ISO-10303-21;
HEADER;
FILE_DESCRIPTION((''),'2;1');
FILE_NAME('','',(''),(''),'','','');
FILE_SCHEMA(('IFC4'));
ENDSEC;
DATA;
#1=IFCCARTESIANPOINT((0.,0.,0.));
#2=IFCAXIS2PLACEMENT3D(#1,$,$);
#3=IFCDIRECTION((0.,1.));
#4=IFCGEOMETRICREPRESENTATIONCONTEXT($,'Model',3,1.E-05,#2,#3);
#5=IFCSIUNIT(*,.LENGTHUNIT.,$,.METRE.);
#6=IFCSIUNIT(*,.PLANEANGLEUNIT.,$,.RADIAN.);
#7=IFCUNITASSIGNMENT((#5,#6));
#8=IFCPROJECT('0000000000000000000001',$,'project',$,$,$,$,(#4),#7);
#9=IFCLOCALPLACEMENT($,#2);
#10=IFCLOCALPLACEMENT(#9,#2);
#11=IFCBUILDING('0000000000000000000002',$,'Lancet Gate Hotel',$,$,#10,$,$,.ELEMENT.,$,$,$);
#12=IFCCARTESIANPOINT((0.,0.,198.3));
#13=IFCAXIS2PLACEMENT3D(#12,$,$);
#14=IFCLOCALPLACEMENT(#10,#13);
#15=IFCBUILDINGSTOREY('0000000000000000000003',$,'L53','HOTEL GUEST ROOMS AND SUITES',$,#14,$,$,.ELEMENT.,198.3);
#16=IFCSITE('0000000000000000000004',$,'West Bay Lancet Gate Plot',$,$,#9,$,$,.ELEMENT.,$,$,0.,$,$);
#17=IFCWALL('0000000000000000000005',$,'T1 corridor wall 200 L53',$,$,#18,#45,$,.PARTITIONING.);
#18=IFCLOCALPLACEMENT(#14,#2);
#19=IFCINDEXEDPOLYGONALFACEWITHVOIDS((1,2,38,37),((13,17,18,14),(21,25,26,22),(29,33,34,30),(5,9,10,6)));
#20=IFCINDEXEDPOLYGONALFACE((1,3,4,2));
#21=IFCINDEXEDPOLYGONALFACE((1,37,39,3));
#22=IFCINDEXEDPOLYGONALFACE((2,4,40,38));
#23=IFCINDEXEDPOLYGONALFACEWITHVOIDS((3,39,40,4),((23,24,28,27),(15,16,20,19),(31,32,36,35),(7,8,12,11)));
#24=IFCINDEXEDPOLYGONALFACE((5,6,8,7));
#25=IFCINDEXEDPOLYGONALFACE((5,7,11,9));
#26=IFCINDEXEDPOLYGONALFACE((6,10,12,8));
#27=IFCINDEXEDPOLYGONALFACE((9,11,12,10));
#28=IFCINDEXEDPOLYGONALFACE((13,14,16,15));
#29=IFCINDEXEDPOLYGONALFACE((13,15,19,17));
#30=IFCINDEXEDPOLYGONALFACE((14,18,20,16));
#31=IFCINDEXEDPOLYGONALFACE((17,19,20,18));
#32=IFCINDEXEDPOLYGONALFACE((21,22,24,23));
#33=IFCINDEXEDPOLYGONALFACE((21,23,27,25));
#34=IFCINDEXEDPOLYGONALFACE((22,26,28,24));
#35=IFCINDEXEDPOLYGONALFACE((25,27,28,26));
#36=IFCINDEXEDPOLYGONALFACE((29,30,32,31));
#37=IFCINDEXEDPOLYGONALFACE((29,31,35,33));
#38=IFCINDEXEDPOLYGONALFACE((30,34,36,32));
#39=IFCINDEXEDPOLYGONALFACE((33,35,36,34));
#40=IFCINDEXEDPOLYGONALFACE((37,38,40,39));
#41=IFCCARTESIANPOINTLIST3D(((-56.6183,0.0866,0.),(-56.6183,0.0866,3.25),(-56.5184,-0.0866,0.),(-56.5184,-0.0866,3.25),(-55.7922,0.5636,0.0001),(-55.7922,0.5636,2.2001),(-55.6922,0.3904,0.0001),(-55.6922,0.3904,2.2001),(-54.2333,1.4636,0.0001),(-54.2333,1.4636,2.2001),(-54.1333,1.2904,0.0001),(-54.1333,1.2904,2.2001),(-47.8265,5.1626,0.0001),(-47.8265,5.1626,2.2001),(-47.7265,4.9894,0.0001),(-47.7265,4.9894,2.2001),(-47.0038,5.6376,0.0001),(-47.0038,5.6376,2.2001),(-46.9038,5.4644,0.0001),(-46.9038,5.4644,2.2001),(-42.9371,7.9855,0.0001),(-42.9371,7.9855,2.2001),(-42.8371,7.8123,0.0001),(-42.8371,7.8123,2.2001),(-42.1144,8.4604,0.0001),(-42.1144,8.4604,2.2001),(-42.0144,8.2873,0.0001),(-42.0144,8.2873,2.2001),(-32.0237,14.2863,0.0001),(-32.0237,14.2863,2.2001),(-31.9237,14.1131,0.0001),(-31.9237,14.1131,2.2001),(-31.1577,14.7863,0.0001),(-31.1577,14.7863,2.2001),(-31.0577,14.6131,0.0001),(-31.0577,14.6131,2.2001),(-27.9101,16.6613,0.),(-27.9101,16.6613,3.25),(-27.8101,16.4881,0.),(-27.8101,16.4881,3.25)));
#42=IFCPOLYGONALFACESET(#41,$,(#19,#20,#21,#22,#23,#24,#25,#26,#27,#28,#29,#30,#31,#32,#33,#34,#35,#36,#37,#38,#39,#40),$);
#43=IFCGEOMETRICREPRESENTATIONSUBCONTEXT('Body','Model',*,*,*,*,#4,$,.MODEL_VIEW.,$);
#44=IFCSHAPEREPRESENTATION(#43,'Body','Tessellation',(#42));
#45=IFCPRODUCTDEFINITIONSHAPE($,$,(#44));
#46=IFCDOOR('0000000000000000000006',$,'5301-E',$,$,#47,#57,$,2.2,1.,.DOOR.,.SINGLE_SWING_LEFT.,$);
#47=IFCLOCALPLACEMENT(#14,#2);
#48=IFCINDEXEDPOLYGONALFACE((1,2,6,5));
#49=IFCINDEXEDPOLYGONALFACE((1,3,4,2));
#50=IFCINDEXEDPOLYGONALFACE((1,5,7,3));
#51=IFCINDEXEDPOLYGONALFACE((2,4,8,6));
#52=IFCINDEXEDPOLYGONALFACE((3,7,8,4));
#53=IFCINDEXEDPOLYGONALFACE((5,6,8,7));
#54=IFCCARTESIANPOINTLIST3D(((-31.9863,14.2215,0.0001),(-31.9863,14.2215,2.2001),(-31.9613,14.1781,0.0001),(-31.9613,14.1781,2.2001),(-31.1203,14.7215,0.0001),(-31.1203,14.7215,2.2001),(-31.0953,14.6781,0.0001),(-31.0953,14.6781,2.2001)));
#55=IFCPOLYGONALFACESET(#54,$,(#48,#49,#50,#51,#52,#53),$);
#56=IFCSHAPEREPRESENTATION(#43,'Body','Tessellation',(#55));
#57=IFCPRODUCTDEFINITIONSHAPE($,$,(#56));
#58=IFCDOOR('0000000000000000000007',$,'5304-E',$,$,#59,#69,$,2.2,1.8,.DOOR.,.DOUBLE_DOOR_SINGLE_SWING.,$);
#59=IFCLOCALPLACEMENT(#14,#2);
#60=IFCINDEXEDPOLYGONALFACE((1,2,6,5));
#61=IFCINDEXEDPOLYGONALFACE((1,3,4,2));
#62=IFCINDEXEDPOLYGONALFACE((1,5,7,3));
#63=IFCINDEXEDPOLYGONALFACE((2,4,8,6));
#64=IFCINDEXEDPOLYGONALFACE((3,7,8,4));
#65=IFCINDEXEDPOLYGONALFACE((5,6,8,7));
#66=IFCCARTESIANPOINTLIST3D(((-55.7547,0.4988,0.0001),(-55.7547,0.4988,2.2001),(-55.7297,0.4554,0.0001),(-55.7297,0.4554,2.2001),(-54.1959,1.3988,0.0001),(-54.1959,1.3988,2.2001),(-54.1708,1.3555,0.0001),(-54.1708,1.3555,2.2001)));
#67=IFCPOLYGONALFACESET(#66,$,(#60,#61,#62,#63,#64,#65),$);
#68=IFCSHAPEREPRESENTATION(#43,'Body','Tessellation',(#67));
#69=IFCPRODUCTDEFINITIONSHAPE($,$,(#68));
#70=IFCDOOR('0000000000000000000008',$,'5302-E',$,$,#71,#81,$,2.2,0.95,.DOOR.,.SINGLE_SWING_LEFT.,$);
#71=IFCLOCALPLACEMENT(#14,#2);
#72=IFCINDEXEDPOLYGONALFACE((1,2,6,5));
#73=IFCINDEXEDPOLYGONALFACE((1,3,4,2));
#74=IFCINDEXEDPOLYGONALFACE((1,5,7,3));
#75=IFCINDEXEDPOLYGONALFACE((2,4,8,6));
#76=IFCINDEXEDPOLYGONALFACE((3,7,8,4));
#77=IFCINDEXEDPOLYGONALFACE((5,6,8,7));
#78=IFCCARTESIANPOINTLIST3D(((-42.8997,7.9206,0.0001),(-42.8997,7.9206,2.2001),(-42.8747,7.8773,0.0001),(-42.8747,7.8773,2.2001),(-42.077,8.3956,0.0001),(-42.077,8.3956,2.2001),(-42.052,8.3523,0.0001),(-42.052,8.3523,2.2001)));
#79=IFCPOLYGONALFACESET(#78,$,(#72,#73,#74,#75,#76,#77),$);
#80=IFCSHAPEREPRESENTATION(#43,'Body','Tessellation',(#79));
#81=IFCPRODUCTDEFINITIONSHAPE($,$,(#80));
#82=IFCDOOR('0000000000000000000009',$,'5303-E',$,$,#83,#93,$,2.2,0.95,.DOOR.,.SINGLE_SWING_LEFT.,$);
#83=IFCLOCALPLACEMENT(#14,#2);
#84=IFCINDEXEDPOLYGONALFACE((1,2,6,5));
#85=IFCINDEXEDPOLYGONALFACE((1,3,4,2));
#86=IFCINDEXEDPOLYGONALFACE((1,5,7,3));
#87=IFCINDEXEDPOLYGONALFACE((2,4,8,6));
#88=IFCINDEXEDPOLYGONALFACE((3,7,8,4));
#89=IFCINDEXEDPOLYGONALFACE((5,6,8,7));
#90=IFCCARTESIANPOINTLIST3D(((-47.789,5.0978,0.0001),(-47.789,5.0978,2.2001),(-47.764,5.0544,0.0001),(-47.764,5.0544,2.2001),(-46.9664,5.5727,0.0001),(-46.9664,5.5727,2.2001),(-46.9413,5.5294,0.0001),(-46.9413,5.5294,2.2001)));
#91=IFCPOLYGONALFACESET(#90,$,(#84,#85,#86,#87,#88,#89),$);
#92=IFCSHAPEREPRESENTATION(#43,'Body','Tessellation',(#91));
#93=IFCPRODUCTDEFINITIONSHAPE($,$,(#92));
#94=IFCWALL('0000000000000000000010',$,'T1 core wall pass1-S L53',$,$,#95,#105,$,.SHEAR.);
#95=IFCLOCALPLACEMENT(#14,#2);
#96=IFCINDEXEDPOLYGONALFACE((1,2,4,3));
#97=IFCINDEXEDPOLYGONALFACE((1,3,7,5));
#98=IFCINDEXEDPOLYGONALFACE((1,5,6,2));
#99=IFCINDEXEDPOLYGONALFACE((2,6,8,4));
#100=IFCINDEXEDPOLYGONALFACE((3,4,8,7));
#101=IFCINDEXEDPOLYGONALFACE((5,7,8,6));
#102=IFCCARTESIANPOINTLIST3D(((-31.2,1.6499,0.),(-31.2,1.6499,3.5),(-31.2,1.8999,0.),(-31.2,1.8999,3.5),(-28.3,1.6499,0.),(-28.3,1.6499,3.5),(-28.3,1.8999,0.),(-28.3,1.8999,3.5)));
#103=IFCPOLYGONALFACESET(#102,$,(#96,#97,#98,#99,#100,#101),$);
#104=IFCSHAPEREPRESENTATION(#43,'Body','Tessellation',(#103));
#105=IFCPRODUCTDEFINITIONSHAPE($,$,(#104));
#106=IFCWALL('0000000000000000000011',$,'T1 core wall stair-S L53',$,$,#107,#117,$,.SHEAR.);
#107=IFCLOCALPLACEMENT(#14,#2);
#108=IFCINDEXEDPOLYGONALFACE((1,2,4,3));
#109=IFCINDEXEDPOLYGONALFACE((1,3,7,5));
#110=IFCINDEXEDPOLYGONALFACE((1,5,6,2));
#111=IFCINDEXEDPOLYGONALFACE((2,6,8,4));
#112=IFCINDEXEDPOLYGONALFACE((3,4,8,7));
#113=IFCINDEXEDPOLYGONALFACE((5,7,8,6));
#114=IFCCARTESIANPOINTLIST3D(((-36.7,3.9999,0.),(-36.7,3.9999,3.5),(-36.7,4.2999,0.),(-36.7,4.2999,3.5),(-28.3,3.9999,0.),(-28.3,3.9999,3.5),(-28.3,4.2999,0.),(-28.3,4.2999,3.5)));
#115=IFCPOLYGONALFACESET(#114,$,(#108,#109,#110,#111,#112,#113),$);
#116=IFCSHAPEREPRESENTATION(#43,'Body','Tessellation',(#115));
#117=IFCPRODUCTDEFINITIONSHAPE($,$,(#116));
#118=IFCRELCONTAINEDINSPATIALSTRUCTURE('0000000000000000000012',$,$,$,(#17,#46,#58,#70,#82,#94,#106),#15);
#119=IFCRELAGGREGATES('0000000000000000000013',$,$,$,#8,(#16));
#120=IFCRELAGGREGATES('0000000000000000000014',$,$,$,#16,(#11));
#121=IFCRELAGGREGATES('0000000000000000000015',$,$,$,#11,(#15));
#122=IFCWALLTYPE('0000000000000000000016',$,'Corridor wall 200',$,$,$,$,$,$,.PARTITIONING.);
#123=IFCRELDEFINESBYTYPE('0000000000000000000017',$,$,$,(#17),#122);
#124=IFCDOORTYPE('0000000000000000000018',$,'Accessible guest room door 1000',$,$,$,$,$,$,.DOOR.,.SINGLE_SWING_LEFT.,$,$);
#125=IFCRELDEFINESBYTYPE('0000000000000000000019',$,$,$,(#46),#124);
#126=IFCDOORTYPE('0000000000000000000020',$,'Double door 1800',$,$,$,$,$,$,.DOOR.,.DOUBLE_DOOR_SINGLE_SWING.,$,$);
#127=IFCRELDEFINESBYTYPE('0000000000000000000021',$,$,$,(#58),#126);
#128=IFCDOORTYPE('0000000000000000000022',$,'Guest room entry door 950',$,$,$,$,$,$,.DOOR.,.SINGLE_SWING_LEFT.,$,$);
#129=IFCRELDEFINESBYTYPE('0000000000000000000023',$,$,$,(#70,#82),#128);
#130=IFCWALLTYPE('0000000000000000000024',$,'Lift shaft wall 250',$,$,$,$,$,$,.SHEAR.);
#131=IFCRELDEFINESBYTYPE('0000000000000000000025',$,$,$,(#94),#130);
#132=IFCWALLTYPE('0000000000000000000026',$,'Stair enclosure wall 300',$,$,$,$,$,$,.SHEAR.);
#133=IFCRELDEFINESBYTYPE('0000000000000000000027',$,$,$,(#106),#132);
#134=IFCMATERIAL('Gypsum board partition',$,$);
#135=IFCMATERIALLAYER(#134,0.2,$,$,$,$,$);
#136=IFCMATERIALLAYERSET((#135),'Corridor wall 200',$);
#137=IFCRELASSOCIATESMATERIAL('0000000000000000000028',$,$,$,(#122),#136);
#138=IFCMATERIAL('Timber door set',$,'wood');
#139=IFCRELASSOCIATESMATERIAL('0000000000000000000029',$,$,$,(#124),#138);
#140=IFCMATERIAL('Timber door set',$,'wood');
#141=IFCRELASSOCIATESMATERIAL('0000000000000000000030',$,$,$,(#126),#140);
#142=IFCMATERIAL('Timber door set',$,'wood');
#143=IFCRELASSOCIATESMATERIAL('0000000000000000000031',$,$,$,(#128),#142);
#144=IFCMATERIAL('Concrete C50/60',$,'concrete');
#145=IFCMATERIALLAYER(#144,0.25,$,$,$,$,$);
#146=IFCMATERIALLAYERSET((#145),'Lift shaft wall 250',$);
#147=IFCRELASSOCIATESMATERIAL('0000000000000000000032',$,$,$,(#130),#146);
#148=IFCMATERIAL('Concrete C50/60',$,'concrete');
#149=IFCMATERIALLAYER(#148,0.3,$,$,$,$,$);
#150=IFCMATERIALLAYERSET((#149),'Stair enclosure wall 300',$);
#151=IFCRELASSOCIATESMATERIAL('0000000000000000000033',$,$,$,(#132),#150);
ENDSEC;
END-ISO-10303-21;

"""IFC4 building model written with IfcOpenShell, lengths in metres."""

from ifc_helpers import new_model, si_unit, direction, frame, frame_2d, origin, place, context, subcontext, project, spatial, rectangle, extrude, material, layer, layer_set, type_object, element, fill, save


model = new_model("IFC4")

# Units and contexts
model_context = context("Model", 3, precision=1e-05, world=origin(), true_north=direction((0.0, 1.0)))
body_context = subcontext(model_context, "Body", "Model", "MODEL_VIEW")
ifc_project = project(units=[si_unit("LENGTHUNIT", "METRE"), si_unit("PLANEANGLEUNIT", "RADIAN")], contexts=[model_context])

# Site, building, storey
site_placement = place(None, origin())
site = spatial("IfcSite", under=ifc_project, at=site_placement, Name="West Bay Lancet Gate Plot", CompositionType="ELEMENT", RefElevation=0.0)
building_placement = place(site_placement, origin())
building = spatial("IfcBuilding", under=site, at=building_placement, Name="Lancet Gate Hotel", CompositionType="ELEMENT")
storey_placement = place(building_placement, frame((0.0, 0.0, 198.3)))
storey = spatial("IfcBuildingStorey", under=building, at=storey_placement, Name="L53", Description="HOTEL GUEST ROOMS AND SUITES", CompositionType="ELEMENT", Elevation=198.3)

# Wall, openings, doors
ifc_material_1 = material(Name="Gypsum board partition")
ifc_layer_1 = layer(ifc_material_1, 0.2)
ifc_layer_set_1 = layer_set([ifc_layer_1], Name="Corridor wall 200")
wall_type_1 = type_object("IfcWallType", Name="Corridor wall 200", PredefinedType="PARTITIONING", material=ifc_layer_set_1)
wall_1_placement = place(storey_placement, frame((-27.8601, 16.5747, 0.0), z_axis=(0.0, 0.0, 1.0), x_axis=(-0.866026, -0.5, 0.0)))
wall_1 = element("IfcWall", 1, at=wall_1_placement, inside=storey, type_object=wall_type_1, Name="T1 corridor wall 200 L53", PredefinedType="PARTITIONING", context=body_context, shape_type="SweptSolid", body=[
    extrude(rectangle(XDim=33.1494, YDim=0.2, at=frame_2d((16.5747, 0.0))), origin(), (0.0, 0.0, 1.0), 3.25),
])
opening_1_placement = place(wall_1_placement, frame((3.75, 0.0, 0.0)))
opening_1 = element("IfcOpeningElement", 2, at=opening_1_placement, cuts=wall_1, PredefinedType="OPENING", context=body_context, shape_type="SweptSolid", body=[
    extrude(rectangle(XDim=1.0, YDim=2.2, at=frame_2d((0.5, 1.1001))), frame((0.0, 0.1099, 0.0), z_axis=(0.0, -1.0, 0.0), x_axis=(1.0, 0.0, 0.0)), (0.0, 0.0, 1.0), 0.22),
])
opening_2_placement = place(wall_1_placement, frame((16.4016, 0.0, 0.0)))
opening_2 = element("IfcOpeningElement", 3, at=opening_2_placement, cuts=wall_1, PredefinedType="OPENING", context=body_context, shape_type="SweptSolid", body=[
    extrude(rectangle(XDim=0.95, YDim=2.2, at=frame_2d((0.4751, 1.1001))), frame((0.0, 0.1099, 0.0), z_axis=(0.0, -1.0, 0.0), x_axis=(1.0, 0.0, 0.0)), (0.0, 0.0, 1.0), 0.22),
])
opening_3_placement = place(wall_1_placement, frame((22.0474, 0.0, 0.0)))
opening_3 = element("IfcOpeningElement", 4, at=opening_3_placement, cuts=wall_1, PredefinedType="OPENING", context=body_context, shape_type="SweptSolid", body=[
    extrude(rectangle(XDim=0.95, YDim=2.2, at=frame_2d((0.4751, 1.1001))), frame((0.0, 0.1099, 0.0), z_axis=(0.0, -1.0, 0.0), x_axis=(1.0, 0.0, 0.0)), (0.0, 0.0, 1.0), 0.22),
])
opening_4_placement = place(wall_1_placement, frame((30.3955, 0.0, 0.0)))
opening_4 = element("IfcOpeningElement", 5, at=opening_4_placement, cuts=wall_1, PredefinedType="OPENING", context=body_context, shape_type="SweptSolid", body=[
    extrude(rectangle(XDim=1.8, YDim=2.2, at=frame_2d((0.8999, 1.1001))), frame((0.0, 0.1099, 0.0), z_axis=(0.0, -1.0, 0.0), x_axis=(1.0, 0.0, 0.0)), (0.0, 0.0, 1.0), 0.22),
])
ifc_material_2 = material(Name="Timber door set", Category="wood")
door_type_1 = type_object("IfcDoorType", Name="Accessible guest room door 1000", OperationType="SINGLE_SWING_LEFT", PredefinedType="DOOR", material=ifc_material_2)
door_1_placement = place(opening_1_placement, origin())
door_1 = element("IfcDoor", 6, at=door_1_placement, inside=storey, type_object=door_type_1, Name="5301-E", OperationType="SINGLE_SWING_LEFT", OverallHeight=2.2, OverallWidth=1.0, PredefinedType="DOOR", context=body_context, shape_type="SweptSolid", body=[
    extrude(rectangle(XDim=1.0, YDim=2.2, at=frame_2d((0.5, 1.1001))), frame((0.0, 0.0249, 0.0), z_axis=(0.0, -1.0, 0.0), x_axis=(1.0, 0.0, 0.0)), (0.0, 0.0, 1.0), 0.05),
])
fill(opening_1, door_1)
ifc_material_3 = material(Name="Timber door set", Category="wood")
door_type_2 = type_object("IfcDoorType", Name="Double door 1800", OperationType="DOUBLE_DOOR_SINGLE_SWING", PredefinedType="DOOR", material=ifc_material_3)
door_2_placement = place(opening_4_placement, origin())
door_2 = element("IfcDoor", 7, at=door_2_placement, inside=storey, type_object=door_type_2, Name="5304-E", OperationType="DOUBLE_DOOR_SINGLE_SWING", OverallHeight=2.2, OverallWidth=1.8, PredefinedType="DOOR", context=body_context, shape_type="SweptSolid", body=[
    extrude(rectangle(XDim=1.8, YDim=2.2, at=frame_2d((0.8999, 1.1001))), frame((0.0, 0.0249, 0.0), z_axis=(0.0, -1.0, 0.0), x_axis=(1.0, 0.0, 0.0)), (0.0, 0.0, 1.0), 0.05),
])
fill(opening_4, door_2)
ifc_material_4 = material(Name="Timber door set", Category="wood")
door_type_3 = type_object("IfcDoorType", Name="Guest room entry door 950", OperationType="SINGLE_SWING_LEFT", PredefinedType="DOOR", material=ifc_material_4)
door_3_placement = place(opening_2_placement, origin())
door_3 = element("IfcDoor", 8, at=door_3_placement, inside=storey, type_object=door_type_3, Name="5302-E", OperationType="SINGLE_SWING_LEFT", OverallHeight=2.2, OverallWidth=0.95, PredefinedType="DOOR", context=body_context, shape_type="SweptSolid", body=[
    extrude(rectangle(XDim=0.95, YDim=2.2, at=frame_2d((0.4751, 1.1001))), frame((0.0, 0.0249, 0.0), z_axis=(0.0, -1.0, 0.0), x_axis=(1.0, 0.0, 0.0)), (0.0, 0.0, 1.0), 0.05),
])
fill(opening_2, door_3)
door_4_placement = place(opening_3_placement, origin())
door_4 = element("IfcDoor", 9, at=door_4_placement, inside=storey, type_object=door_type_3, Name="5303-E", OperationType="SINGLE_SWING_LEFT", OverallHeight=2.2, OverallWidth=0.95, PredefinedType="DOOR", context=body_context, shape_type="SweptSolid", body=[
    extrude(rectangle(XDim=0.95, YDim=2.2, at=frame_2d((0.4751, 1.1001))), frame((0.0, 0.0249, 0.0), z_axis=(0.0, -1.0, 0.0), x_axis=(1.0, 0.0, 0.0)), (0.0, 0.0, 1.0), 0.05),
])
fill(opening_3, door_4)

# Walls
ifc_material_5 = material(Name="Concrete C50/60", Category="concrete")
ifc_layer_2 = layer(ifc_material_5, 0.25)
ifc_layer_set_2 = layer_set([ifc_layer_2], Name="Lift shaft wall 250")
wall_type_2 = type_object("IfcWallType", Name="Lift shaft wall 250", PredefinedType="SHEAR", material=ifc_layer_set_2)
wall_2_placement = place(storey_placement, frame((-28.3, 1.7749, 0.0), z_axis=(0.0, 0.0, 1.0), x_axis=(-1.0, 0.0, 0.0)))
element("IfcWall", 10, at=wall_2_placement, inside=storey, type_object=wall_type_2, Name="T1 core wall pass1-S L53", PredefinedType="SHEAR", context=body_context, shape_type="SweptSolid", body=[
    extrude(rectangle(XDim=2.8999, YDim=0.25, at=frame_2d((1.45, 0.0))), origin(), (0.0, 0.0, 1.0), 3.5),
])
ifc_material_6 = material(Name="Concrete C50/60", Category="concrete")
ifc_layer_3 = layer(ifc_material_6, 0.3)
ifc_layer_set_3 = layer_set([ifc_layer_3], Name="Stair enclosure wall 300")
wall_type_3 = type_object("IfcWallType", Name="Stair enclosure wall 300", PredefinedType="SHEAR", material=ifc_layer_set_3)
wall_3_placement = place(storey_placement, frame((-28.3, 4.1499, 0.0), z_axis=(0.0, 0.0, 1.0), x_axis=(-1.0, 0.0, 0.0)))
element("IfcWall", 11, at=wall_3_placement, inside=storey, type_object=wall_type_3, Name="T1 core wall stair-S L53", PredefinedType="SHEAR", context=body_context, shape_type="SweptSolid", body=[
    extrude(rectangle(XDim=8.3999, YDim=0.3, at=frame_2d((4.2, 0.0))), origin(), (0.0, 0.0, 1.0), 3.5),
])

save(model, "model.ifc")
